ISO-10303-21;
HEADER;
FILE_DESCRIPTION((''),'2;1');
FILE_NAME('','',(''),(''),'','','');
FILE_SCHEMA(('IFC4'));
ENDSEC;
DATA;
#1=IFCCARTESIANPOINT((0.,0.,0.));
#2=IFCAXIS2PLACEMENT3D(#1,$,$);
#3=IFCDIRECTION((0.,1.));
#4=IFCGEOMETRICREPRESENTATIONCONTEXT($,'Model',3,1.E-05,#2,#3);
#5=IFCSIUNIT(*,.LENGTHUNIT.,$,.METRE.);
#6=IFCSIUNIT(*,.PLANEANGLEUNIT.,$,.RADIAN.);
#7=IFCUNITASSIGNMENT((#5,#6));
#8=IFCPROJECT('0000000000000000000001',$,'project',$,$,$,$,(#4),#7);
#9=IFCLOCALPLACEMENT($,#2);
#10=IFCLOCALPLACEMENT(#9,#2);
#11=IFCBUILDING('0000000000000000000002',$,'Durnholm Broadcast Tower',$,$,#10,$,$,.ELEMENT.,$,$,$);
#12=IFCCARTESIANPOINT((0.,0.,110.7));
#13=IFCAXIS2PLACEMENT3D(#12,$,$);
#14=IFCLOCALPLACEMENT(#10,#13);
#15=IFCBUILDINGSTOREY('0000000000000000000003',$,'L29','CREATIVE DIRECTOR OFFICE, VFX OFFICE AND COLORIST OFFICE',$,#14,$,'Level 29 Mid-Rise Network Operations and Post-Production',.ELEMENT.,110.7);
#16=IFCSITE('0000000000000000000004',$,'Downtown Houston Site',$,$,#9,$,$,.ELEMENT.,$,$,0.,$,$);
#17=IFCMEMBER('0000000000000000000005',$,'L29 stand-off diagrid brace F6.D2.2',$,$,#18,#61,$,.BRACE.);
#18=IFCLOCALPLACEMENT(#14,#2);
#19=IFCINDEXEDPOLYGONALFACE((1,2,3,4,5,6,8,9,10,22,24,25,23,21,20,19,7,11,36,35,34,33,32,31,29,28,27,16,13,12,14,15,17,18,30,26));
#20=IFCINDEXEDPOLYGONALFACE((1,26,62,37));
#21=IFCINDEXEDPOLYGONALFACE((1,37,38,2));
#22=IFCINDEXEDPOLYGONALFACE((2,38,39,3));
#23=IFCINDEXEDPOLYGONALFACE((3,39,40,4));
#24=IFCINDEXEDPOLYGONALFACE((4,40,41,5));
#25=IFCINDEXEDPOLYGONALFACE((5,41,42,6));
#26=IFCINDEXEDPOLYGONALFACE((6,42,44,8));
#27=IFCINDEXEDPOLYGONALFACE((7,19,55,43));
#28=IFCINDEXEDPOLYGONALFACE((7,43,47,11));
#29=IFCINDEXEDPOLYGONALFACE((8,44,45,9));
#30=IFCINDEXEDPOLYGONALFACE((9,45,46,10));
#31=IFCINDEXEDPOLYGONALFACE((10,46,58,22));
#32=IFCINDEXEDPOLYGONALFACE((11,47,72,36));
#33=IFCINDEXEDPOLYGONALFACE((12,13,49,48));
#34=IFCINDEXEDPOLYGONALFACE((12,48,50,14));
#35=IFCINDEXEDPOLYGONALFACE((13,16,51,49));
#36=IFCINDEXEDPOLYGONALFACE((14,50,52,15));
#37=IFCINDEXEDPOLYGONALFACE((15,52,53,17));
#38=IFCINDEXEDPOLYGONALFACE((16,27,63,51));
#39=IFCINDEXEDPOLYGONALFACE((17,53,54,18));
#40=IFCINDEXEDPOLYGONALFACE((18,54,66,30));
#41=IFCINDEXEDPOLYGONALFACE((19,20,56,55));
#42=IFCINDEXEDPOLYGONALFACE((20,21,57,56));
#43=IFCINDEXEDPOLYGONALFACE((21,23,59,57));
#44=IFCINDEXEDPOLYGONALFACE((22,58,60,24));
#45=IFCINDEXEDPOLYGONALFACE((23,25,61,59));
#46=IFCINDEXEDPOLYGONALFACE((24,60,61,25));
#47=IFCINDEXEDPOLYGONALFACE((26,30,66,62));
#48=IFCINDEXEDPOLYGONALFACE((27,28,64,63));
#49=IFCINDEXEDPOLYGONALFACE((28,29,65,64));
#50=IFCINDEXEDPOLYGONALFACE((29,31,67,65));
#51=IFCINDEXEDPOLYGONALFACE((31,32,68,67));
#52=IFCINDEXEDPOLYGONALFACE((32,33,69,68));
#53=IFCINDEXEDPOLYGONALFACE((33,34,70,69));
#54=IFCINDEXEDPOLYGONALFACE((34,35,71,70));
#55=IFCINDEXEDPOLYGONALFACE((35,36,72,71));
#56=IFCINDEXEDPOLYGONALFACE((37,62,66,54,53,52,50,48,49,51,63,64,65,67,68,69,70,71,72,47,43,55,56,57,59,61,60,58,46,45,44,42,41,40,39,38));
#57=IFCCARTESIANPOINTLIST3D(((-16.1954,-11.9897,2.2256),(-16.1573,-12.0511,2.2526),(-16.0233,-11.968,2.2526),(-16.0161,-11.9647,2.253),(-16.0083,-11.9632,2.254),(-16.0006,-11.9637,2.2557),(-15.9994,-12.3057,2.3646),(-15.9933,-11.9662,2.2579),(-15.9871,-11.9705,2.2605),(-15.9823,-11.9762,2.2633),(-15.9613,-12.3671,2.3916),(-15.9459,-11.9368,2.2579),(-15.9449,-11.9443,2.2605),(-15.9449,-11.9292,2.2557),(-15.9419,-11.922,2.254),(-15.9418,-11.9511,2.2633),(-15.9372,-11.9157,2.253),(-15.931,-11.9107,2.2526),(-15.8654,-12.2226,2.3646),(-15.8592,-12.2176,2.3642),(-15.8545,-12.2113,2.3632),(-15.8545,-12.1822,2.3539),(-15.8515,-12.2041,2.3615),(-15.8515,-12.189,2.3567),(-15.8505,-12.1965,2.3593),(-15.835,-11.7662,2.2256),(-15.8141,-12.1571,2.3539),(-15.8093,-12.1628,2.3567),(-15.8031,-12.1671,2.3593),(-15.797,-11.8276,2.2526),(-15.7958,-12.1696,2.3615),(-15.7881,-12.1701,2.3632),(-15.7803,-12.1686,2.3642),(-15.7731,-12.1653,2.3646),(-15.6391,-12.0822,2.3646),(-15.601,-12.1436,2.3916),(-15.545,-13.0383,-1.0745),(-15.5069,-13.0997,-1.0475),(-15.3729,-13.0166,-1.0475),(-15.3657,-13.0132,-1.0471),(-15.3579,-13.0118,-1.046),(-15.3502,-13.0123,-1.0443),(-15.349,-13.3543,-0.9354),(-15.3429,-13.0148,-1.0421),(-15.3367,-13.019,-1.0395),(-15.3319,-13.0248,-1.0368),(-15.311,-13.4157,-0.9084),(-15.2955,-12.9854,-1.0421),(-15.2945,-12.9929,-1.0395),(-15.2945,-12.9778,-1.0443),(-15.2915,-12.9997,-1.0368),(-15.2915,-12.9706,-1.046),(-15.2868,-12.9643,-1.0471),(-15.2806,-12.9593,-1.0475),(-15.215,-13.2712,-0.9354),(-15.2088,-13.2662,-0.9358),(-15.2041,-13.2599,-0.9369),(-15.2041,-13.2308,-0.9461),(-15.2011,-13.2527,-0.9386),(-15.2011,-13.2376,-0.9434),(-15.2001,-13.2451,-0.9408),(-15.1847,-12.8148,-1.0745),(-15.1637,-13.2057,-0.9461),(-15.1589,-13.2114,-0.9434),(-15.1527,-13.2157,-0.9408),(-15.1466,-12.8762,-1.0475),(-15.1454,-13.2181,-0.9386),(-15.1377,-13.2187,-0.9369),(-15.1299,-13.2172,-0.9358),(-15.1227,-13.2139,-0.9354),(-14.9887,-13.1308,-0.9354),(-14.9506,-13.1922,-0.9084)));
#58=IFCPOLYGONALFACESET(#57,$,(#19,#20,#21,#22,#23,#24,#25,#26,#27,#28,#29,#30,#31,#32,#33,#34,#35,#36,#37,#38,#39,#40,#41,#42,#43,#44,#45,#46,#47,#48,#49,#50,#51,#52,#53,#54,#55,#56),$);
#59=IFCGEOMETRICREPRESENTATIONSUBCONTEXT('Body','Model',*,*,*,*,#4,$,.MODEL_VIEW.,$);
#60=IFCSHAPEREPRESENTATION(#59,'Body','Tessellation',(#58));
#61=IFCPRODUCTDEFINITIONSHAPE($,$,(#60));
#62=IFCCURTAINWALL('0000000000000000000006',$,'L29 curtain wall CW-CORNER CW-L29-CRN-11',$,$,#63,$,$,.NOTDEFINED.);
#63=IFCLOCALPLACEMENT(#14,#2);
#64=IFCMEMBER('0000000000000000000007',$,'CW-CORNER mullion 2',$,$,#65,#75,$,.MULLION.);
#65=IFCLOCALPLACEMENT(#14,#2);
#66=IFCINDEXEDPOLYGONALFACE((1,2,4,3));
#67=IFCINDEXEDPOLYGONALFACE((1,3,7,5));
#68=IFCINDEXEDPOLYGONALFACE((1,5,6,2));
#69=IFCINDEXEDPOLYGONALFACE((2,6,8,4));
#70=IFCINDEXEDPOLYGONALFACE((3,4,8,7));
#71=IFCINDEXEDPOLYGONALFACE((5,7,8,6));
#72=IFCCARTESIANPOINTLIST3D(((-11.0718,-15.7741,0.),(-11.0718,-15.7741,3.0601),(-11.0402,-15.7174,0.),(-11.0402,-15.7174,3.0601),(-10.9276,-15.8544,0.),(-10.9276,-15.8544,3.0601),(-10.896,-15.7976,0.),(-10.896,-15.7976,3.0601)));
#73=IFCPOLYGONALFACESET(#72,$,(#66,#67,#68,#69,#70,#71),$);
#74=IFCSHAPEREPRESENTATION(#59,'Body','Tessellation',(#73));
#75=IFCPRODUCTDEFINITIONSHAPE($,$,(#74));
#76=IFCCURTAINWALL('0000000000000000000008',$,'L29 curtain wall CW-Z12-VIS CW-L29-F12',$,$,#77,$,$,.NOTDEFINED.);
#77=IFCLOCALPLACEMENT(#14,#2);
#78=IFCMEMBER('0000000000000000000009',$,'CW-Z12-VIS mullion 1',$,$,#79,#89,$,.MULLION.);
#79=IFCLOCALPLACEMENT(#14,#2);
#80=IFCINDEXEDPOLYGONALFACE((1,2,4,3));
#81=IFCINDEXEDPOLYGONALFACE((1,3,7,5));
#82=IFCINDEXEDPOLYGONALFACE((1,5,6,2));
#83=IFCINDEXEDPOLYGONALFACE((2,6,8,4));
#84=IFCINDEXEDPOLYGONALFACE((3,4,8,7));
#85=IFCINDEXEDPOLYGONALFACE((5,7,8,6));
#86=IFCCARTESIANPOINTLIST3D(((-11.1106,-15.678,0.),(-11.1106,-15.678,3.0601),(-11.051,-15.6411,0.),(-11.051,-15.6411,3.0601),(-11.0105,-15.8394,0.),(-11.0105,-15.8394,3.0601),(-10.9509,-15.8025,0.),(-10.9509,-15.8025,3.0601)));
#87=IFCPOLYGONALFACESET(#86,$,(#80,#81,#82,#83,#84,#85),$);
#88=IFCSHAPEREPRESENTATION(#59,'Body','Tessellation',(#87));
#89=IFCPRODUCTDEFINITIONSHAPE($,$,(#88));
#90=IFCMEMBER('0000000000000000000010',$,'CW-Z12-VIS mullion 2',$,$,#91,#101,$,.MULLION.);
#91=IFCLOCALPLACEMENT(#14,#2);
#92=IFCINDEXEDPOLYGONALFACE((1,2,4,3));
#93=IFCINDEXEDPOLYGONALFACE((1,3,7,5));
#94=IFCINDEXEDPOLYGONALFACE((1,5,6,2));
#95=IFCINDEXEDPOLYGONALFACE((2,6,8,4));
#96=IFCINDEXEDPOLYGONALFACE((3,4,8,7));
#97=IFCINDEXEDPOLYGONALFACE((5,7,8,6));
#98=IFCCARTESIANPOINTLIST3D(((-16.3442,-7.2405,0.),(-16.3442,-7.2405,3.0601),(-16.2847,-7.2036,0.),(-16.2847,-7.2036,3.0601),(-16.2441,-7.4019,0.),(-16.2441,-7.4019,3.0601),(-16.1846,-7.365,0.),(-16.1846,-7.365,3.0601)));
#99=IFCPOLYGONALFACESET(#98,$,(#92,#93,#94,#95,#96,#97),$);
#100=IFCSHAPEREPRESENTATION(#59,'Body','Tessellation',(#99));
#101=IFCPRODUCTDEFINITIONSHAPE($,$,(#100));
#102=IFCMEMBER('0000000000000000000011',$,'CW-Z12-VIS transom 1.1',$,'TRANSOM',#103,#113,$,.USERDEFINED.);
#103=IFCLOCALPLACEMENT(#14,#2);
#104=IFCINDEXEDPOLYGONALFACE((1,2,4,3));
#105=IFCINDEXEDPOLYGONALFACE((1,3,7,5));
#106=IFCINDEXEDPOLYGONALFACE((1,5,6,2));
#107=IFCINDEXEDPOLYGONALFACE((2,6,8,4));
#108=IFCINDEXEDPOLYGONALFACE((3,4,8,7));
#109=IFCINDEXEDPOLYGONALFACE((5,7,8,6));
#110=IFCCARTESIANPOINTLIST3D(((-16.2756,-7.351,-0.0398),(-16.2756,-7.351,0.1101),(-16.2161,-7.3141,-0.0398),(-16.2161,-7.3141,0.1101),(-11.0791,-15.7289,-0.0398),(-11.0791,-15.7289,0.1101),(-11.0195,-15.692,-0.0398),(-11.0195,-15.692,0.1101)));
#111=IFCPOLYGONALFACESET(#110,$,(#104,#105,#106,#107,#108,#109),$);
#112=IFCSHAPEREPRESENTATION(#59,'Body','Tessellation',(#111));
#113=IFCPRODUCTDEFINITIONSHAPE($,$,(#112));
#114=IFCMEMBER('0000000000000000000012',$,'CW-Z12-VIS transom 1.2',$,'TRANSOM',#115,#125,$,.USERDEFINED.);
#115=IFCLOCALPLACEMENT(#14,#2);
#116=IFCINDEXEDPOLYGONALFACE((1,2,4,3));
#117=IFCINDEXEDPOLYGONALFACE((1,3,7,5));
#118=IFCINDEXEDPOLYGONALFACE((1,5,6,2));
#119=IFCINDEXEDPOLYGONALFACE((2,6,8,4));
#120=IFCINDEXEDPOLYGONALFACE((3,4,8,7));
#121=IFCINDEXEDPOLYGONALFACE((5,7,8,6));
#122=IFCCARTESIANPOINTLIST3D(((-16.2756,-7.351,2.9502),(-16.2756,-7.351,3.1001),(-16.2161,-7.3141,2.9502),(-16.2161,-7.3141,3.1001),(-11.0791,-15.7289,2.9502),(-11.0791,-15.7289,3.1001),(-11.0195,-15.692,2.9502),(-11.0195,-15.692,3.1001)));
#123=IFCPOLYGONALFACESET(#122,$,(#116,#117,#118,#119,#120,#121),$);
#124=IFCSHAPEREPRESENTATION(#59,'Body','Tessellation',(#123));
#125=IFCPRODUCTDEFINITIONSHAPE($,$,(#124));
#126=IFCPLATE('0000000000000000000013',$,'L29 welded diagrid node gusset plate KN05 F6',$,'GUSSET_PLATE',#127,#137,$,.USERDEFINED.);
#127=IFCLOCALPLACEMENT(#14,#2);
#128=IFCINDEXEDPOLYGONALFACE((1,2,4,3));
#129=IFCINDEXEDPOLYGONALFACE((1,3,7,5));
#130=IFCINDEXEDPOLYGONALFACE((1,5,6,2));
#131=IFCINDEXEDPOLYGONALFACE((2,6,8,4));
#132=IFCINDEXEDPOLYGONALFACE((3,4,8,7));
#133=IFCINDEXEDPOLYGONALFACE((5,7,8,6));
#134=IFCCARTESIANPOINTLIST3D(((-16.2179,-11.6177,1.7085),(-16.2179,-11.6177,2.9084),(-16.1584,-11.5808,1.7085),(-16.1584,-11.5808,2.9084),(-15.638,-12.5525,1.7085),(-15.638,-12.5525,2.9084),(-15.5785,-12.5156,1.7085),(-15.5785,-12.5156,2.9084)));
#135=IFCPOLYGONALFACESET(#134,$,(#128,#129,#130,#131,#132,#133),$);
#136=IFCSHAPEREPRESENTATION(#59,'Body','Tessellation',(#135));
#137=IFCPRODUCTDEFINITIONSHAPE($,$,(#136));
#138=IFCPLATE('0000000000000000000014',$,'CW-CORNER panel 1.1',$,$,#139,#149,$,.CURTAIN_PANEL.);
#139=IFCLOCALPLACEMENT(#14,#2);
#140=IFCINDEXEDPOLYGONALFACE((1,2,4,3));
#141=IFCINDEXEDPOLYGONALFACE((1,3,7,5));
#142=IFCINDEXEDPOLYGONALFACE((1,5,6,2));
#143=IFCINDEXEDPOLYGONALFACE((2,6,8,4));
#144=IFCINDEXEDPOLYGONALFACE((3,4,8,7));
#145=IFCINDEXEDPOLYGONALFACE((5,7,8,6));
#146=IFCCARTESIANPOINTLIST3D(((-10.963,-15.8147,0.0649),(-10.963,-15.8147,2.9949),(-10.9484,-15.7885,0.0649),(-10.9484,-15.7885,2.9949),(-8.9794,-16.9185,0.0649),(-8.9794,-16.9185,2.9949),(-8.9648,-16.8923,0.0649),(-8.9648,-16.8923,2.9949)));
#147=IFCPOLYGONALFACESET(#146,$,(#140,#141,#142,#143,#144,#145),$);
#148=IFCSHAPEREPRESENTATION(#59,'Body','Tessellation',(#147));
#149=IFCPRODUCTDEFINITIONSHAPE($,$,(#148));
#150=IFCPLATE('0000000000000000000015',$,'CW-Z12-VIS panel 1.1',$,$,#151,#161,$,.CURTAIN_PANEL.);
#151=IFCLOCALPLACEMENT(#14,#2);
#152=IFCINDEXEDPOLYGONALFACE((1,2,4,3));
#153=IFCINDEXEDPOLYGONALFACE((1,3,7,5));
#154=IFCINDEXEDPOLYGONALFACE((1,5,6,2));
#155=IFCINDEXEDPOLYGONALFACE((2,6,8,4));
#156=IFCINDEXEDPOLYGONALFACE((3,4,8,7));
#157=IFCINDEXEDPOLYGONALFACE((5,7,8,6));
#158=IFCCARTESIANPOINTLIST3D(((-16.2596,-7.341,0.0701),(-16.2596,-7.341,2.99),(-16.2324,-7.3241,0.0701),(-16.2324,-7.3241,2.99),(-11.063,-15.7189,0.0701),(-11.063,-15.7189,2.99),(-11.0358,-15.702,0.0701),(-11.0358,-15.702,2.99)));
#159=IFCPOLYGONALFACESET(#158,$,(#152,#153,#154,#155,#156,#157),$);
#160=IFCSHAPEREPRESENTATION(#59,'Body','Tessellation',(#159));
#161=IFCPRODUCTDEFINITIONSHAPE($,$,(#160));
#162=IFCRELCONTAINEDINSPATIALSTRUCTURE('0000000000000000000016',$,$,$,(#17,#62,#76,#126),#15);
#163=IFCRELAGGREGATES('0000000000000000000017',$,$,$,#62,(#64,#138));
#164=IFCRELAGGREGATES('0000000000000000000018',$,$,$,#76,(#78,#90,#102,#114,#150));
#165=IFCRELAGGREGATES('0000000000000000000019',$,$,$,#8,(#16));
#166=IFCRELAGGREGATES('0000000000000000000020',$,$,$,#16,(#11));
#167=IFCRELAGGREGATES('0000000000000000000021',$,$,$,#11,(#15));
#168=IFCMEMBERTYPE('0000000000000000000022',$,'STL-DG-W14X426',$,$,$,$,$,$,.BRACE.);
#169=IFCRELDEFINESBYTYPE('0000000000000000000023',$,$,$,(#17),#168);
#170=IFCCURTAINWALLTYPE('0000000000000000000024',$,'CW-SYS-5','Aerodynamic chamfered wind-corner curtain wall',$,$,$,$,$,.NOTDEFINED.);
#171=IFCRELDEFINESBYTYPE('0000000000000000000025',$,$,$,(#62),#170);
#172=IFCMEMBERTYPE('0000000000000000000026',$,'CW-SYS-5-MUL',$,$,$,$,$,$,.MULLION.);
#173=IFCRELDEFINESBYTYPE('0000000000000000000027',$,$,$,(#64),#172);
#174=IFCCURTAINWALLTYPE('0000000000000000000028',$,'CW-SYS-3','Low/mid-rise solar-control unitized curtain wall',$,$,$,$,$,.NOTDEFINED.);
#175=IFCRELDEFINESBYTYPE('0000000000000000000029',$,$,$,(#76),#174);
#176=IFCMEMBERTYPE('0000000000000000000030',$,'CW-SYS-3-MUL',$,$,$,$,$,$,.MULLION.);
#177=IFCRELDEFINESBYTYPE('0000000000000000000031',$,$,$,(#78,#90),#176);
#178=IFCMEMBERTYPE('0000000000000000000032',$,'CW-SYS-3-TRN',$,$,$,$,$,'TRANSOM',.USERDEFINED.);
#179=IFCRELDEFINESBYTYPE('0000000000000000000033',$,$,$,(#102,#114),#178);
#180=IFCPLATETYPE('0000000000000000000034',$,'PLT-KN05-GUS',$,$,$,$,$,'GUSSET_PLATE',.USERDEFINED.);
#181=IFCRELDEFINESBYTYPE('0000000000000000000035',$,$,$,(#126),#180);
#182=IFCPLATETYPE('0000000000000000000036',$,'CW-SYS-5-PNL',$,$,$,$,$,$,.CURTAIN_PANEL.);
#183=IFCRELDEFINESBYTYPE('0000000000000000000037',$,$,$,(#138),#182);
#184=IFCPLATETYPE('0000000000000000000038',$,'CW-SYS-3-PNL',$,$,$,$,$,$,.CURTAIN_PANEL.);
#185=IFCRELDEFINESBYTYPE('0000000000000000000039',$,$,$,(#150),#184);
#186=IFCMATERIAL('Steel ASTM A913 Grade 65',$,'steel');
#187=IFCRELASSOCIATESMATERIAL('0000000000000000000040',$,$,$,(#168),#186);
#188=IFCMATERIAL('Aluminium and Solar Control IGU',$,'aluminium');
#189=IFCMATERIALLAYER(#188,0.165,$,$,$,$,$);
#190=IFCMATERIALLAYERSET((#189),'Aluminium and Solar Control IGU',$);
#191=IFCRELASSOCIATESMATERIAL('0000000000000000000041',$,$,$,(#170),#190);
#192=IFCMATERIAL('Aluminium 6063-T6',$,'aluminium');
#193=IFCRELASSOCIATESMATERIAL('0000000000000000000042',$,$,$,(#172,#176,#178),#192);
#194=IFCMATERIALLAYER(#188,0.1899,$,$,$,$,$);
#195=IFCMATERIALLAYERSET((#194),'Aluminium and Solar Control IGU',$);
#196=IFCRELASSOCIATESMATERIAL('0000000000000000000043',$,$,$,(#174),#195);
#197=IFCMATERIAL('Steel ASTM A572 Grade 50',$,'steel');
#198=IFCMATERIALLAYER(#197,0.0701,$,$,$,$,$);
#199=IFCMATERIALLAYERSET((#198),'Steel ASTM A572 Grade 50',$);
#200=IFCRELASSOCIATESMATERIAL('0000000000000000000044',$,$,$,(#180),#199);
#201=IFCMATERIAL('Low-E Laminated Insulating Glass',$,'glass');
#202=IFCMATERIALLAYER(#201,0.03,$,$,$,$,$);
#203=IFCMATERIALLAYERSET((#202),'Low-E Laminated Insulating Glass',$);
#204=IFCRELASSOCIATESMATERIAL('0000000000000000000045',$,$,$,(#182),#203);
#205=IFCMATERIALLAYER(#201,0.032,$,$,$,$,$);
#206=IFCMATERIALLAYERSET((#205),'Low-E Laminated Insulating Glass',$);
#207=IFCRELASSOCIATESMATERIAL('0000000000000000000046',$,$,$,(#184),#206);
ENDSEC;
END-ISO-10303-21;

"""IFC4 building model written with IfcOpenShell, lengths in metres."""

from ifc_helpers import new_model, si_unit, direction, frame, origin, origin_2d, place, context, subcontext, project, spatial, rectangle, i_section, extrude, source, transform, mapped, material, layer, layer_set, material_profile, profile_set, type_object, type_shapes, element, aggregate, save


model = new_model("IFC4")

# Units and contexts
model_context = context("Model", 3, precision=1e-05, world=origin(), true_north=direction((0.0, 1.0)))
body_context = subcontext(model_context, "Body", "Model", "MODEL_VIEW")
ifc_project = project(units=[si_unit("LENGTHUNIT", "METRE"), si_unit("PLANEANGLEUNIT", "RADIAN")], contexts=[model_context])

# Site, building, storey
site_placement = place(None, origin())
site = spatial("IfcSite", under=ifc_project, at=site_placement, Name="Downtown Houston Site", CompositionType="ELEMENT", RefElevation=0.0)
building_placement = place(site_placement, origin())
building = spatial("IfcBuilding", under=site, at=building_placement, Name="Durnholm Broadcast Tower", CompositionType="ELEMENT")
storey_placement = place(building_placement, frame((0.0, 0.0, 110.7)))
storey = spatial("IfcBuildingStorey", under=building, at=storey_placement, Name="L29", Description="CREATIVE DIRECTOR OFFICE, VFX OFFICE AND COLORIST OFFICE", LongName="Level 29 Mid-Rise Network Operations and Post-Production", CompositionType="ELEMENT", Elevation=110.7)

# Member
ifc_material_1 = material(Name="Steel ASTM A913 Grade 65", Category="steel")
ifc_material_profile_1 = material_profile(ifc_material_1, i_section(OverallWidth=0.4241, OverallDepth=0.4741, WebThickness=0.0476, FlangeThickness=0.0771, FilletRadius=0.0305, at=origin_2d()), Name="W14X426")
ifc_profile_set_1 = profile_set([ifc_material_profile_1], Name="Steel ASTM A913 Grade 65")
member_type_1 = type_object("IfcMemberType", Name="STL-DG-W14X426", PredefinedType="BRACE", material=ifc_profile_set_1)
shared_shape_1 = source(origin(), body_context, "Body", "SweptSolid", [
    extrude(i_section(OverallWidth=0.4241, OverallDepth=0.4741, WebThickness=0.0476, FlangeThickness=0.0771, FilletRadius=0.0305, at=origin_2d()), origin(), (0.0, 0.0, 1.0), 3.5232),
])
type_shapes(member_type_1, [shared_shape_1])
for number, where, z_axis, x_axis, name in (
    (1, (-15.2478, -13.1152, -0.9915), (-0.184603, 0.297624, 0.936665), (-0.849805, -0.527097, 0.0), "L29 stand-off diagrid brace F6.D2.2"),
):
    element("IfcMember", number, at=place(storey_placement, frame(where, z_axis=z_axis, x_axis=x_axis)), inside=storey, type_object=member_type_1, Name=name, PredefinedType="BRACE", context=body_context, shape_type="MappedRepresentation", body=[
        mapped(shared_shape_1, transform((0.0, 0.0, 0.0), x_axis=(1.0, 0.0, 0.0), y_axis=(0.0, 1.0, 0.0), z_axis=(0.0, 0.0, 1.0), scale=1.0)),
    ])

# Curtain wall, member
ifc_material_2 = material(Name="Aluminium and Solar Control IGU", Category="aluminium")
ifc_layer_1 = layer(ifc_material_2, 0.165)
ifc_layer_set_1 = layer_set([ifc_layer_1], Name="Aluminium and Solar Control IGU")
curtain_wall_type_1 = type_object("IfcCurtainWallType", Name="CW-SYS-5", Description="Aerodynamic chamfered wind-corner curtain wall", PredefinedType="NOTDEFINED", material=ifc_layer_set_1)
curtain_wall_1_placement = place(storey_placement, origin())
curtain_wall_1 = element("IfcCurtainWall", 2, at=curtain_wall_1_placement, inside=storey, type_object=curtain_wall_type_1, Name="L29 curtain wall CW-CORNER CW-L29-CRN-11", PredefinedType="NOTDEFINED")
ifc_material_3 = material(Name="Aluminium 6063-T6", Category="aluminium")
ifc_material_profile_2 = material_profile(ifc_material_3, rectangle(XDim=0.0649, YDim=0.165, at=origin_2d()), Name="CWM65X165")
ifc_profile_set_2 = profile_set([ifc_material_profile_2], Name="Aluminium 6063-T6")
member_type_2 = type_object("IfcMemberType", Name="CW-SYS-5-MUL", PredefinedType="MULLION", material=ifc_profile_set_2)
shared_shape_2 = source(origin(), body_context, "Body", "SweptSolid", [
    extrude(rectangle(XDim=0.0649, YDim=0.165, at=origin_2d()), origin(), (0.0, 0.0, 1.0), 3.0601),
])
type_shapes(member_type_2, [shared_shape_2])
member_1_placement = place(storey_placement, frame((-10.9839, -15.7859, 0.0), z_axis=(0.0, 0.0, 1.0), x_axis=(-0.486244, -0.873823, 0.0)))
member_1 = element("IfcMember", 3, at=member_1_placement, type_object=member_type_2, Name="CW-CORNER mullion 2", PredefinedType="MULLION", context=body_context, shape_type="MappedRepresentation", body=[
    mapped(shared_shape_2, transform((0.0, 0.0, 0.0), x_axis=(1.0, 0.0, 0.0), y_axis=(0.0, 1.0, 0.0), z_axis=(0.0, 0.0, 1.0), scale=1.0)),
])

# Curtain wall, members
ifc_layer_2 = layer(ifc_material_2, 0.1899)
ifc_layer_set_2 = layer_set([ifc_layer_2], Name="Aluminium and Solar Control IGU")
curtain_wall_type_2 = type_object("IfcCurtainWallType", Name="CW-SYS-3", Description="Low/mid-rise solar-control unitized curtain wall", PredefinedType="NOTDEFINED", material=ifc_layer_set_2)
curtain_wall_2_placement = place(storey_placement, origin())
curtain_wall_2 = element("IfcCurtainWall", 4, at=curtain_wall_2_placement, inside=storey, type_object=curtain_wall_type_2, Name="L29 curtain wall CW-Z12-VIS CW-L29-F12", PredefinedType="NOTDEFINED")
ifc_material_profile_3 = material_profile(ifc_material_3, rectangle(XDim=0.0701, YDim=0.1899, at=origin_2d()), Name="CWM70X190")
ifc_profile_set_3 = profile_set([ifc_material_profile_3], Name="Aluminium 6063-T6")
member_type_3 = type_object("IfcMemberType", Name="CW-SYS-3-MUL", PredefinedType="MULLION", material=ifc_profile_set_3)
shared_shape_3 = source(origin(), body_context, "Body", "SweptSolid", [
    extrude(rectangle(XDim=0.0701, YDim=0.1899, at=origin_2d()), origin(), (0.0, 0.0, 1.0), 3.0601),
])
type_shapes(member_type_3, [shared_shape_3])
member_2_placement = place(storey_placement, frame((-11.0308, -15.7402, 0.0), z_axis=(0.0, 0.0, 1.0), x_axis=(-0.8498, -0.527105, 0.0)))
member_2 = element("IfcMember", 5, at=member_2_placement, type_object=member_type_3, Name="CW-Z12-VIS mullion 1", PredefinedType="MULLION", context=body_context, shape_type="MappedRepresentation", body=[
    mapped(shared_shape_3, transform((0.0, 0.0, 0.0), x_axis=(1.0, 0.0, 0.0), y_axis=(0.0, 1.0, 0.0), z_axis=(0.0, 0.0, 1.0), scale=1.0)),
])
member_3_placement = place(storey_placement, frame((-16.2644, -7.3027, 0.0), z_axis=(0.0, 0.0, 1.0), x_axis=(-0.8498, -0.527105, 0.0)))
member_3 = element("IfcMember", 6, at=member_3_placement, type_object=member_type_3, Name="CW-Z12-VIS mullion 2", PredefinedType="MULLION", context=body_context, shape_type="MappedRepresentation", body=[
    mapped(shared_shape_3, transform((0.0, 0.0, 0.0), x_axis=(1.0, 0.0, 0.0), y_axis=(0.0, 1.0, 0.0), z_axis=(0.0, 0.0, 1.0), scale=1.0)),
])
ifc_material_profile_4 = material_profile(ifc_material_3, rectangle(XDim=0.0701, YDim=0.1499, at=origin_2d()), Name="CWT70X150")
ifc_profile_set_4 = profile_set([ifc_material_profile_4], Name="Aluminium 6063-T6")
member_type_4 = type_object("IfcMemberType", Name="CW-SYS-3-TRN", ElementType="TRANSOM", PredefinedType="USERDEFINED", material=ifc_profile_set_4)
shared_shape_4 = source(origin(), body_context, "Body", "SweptSolid", [
    extrude(rectangle(XDim=0.0701, YDim=0.1499, at=origin_2d()), origin(), (0.0, 0.0, 1.0), 9.8586),
])
type_shapes(member_type_4, [shared_shape_4])
member_4_placement = place(storey_placement, frame((-11.0493, -15.7104, 0.0352), z_axis=(-0.527102, 0.849802, 0.0), x_axis=(-0.849802, -0.527102, 0.0)))
member_4 = element("IfcMember", 7, at=member_4_placement, type_object=member_type_4, Name="CW-Z12-VIS transom 1.1", ObjectType="TRANSOM", PredefinedType="USERDEFINED", context=body_context, shape_type="MappedRepresentation", body=[
    mapped(shared_shape_4, transform((0.0, 0.0, 0.0), x_axis=(1.0, 0.0, 0.0), y_axis=(0.0, 1.0, 0.0), z_axis=(0.0, 0.0, 1.0), scale=1.0)),
])
member_5_placement = place(storey_placement, frame((-11.0493, -15.7104, 3.0251), z_axis=(-0.527102, 0.849802, 0.0), x_axis=(-0.849802, -0.527102, 0.0)))
member_5 = element("IfcMember", 8, at=member_5_placement, type_object=member_type_4, Name="CW-Z12-VIS transom 1.2", ObjectType="TRANSOM", PredefinedType="USERDEFINED", context=body_context, shape_type="MappedRepresentation", body=[
    mapped(shared_shape_4, transform((0.0, 0.0, 0.0), x_axis=(1.0, 0.0, 0.0), y_axis=(0.0, 1.0, 0.0), z_axis=(0.0, 0.0, 1.0), scale=1.0)),
])

# Plates
ifc_material_4 = material(Name="Steel ASTM A572 Grade 50", Category="steel")
ifc_layer_3 = layer(ifc_material_4, 0.0701)
ifc_layer_set_3 = layer_set([ifc_layer_3], Name="Steel ASTM A572 Grade 50")
plate_type_1 = type_object("IfcPlateType", Name="PLT-KN05-GUS", ElementType="GUSSET_PLATE", PredefinedType="USERDEFINED", material=ifc_layer_set_3)
shared_shape_5 = source(origin(), body_context, "Body", "SweptSolid", [
    extrude(rectangle(XDim=1.1001, YDim=0.0701, at=origin_2d()), origin(), (0.0, 0.0, 1.0), 1.2),
])
type_shapes(plate_type_1, [shared_shape_5])
plate_1_placement = place(storey_placement, frame((-15.8982, -12.0667, 1.7085), z_axis=(0.0, 0.0, 1.0), x_axis=(0.527104, -0.849801, 0.0)))
element("IfcPlate", 9, at=plate_1_placement, inside=storey, type_object=plate_type_1, Name="L29 welded diagrid node gusset plate KN05 F6", ObjectType="GUSSET_PLATE", PredefinedType="USERDEFINED", context=body_context, shape_type="MappedRepresentation", body=[
    mapped(shared_shape_5, transform((0.0, 0.0, 0.0), x_axis=(1.0, 0.0, 0.0), y_axis=(0.0, 1.0, 0.0), z_axis=(0.0, 0.0, 1.0), scale=1.0)),
])
ifc_material_5 = material(Name="Low-E Laminated Insulating Glass", Category="glass")
ifc_layer_4 = layer(ifc_material_5, 0.03)
ifc_layer_set_4 = layer_set([ifc_layer_4], Name="Low-E Laminated Insulating Glass")
plate_type_2 = type_object("IfcPlateType", Name="CW-SYS-5-PNL", PredefinedType="CURTAIN_PANEL", material=ifc_layer_set_4)
shared_shape_6 = source(origin(), body_context, "Body", "SweptSolid", [
    extrude(rectangle(XDim=2.27, YDim=0.03, at=origin_2d()), origin(), (0.0, 0.0, 1.0), 2.9299),
])
type_shapes(plate_type_2, [shared_shape_6])
plate_2_placement = place(storey_placement, frame((-9.9639, -16.3535, 0.0649), z_axis=(0.0, 0.0, 1.0), x_axis=(-0.873823, 0.486244, 0.0)))
plate_2 = element("IfcPlate", 10, at=plate_2_placement, type_object=plate_type_2, Name="CW-CORNER panel 1.1", PredefinedType="CURTAIN_PANEL", context=body_context, shape_type="MappedRepresentation", body=[
    mapped(shared_shape_6, transform((0.0, 0.0, 0.0), x_axis=(1.0, 0.0, 0.0), y_axis=(0.0, 1.0, 0.0), z_axis=(0.0, 0.0, 1.0), scale=1.0)),
])
aggregate(curtain_wall_1, [member_1, plate_2])
ifc_layer_5 = layer(ifc_material_5, 0.032)
ifc_layer_set_5 = layer_set([ifc_layer_5], Name="Low-E Laminated Insulating Glass")
plate_type_3 = type_object("IfcPlateType", Name="CW-SYS-3-PNL", PredefinedType="CURTAIN_PANEL", material=ifc_layer_set_5)
shared_shape_7 = source(origin(), body_context, "Body", "SweptSolid", [
    extrude(rectangle(XDim=9.8586, YDim=0.032, at=origin_2d()), origin(), (0.0, 0.0, 1.0), 2.9199),
])
type_shapes(plate_type_3, [shared_shape_7])
plate_3_placement = place(storey_placement, frame((-13.6477, -11.5215, 0.0701), z_axis=(0.0, 0.0, 1.0), x_axis=(-0.527105, 0.8498, 0.0)))
plate_3 = element("IfcPlate", 11, at=plate_3_placement, type_object=plate_type_3, Name="CW-Z12-VIS panel 1.1", PredefinedType="CURTAIN_PANEL", context=body_context, shape_type="MappedRepresentation", body=[
    mapped(shared_shape_7, transform((0.0, 0.0, 0.0), x_axis=(1.0, 0.0, 0.0), y_axis=(0.0, 1.0, 0.0), z_axis=(0.0, 0.0, 1.0), scale=1.0)),
])
aggregate(curtain_wall_2, [member_2, member_3, member_4, member_5, plate_3])

save(model, "model.ifc")
